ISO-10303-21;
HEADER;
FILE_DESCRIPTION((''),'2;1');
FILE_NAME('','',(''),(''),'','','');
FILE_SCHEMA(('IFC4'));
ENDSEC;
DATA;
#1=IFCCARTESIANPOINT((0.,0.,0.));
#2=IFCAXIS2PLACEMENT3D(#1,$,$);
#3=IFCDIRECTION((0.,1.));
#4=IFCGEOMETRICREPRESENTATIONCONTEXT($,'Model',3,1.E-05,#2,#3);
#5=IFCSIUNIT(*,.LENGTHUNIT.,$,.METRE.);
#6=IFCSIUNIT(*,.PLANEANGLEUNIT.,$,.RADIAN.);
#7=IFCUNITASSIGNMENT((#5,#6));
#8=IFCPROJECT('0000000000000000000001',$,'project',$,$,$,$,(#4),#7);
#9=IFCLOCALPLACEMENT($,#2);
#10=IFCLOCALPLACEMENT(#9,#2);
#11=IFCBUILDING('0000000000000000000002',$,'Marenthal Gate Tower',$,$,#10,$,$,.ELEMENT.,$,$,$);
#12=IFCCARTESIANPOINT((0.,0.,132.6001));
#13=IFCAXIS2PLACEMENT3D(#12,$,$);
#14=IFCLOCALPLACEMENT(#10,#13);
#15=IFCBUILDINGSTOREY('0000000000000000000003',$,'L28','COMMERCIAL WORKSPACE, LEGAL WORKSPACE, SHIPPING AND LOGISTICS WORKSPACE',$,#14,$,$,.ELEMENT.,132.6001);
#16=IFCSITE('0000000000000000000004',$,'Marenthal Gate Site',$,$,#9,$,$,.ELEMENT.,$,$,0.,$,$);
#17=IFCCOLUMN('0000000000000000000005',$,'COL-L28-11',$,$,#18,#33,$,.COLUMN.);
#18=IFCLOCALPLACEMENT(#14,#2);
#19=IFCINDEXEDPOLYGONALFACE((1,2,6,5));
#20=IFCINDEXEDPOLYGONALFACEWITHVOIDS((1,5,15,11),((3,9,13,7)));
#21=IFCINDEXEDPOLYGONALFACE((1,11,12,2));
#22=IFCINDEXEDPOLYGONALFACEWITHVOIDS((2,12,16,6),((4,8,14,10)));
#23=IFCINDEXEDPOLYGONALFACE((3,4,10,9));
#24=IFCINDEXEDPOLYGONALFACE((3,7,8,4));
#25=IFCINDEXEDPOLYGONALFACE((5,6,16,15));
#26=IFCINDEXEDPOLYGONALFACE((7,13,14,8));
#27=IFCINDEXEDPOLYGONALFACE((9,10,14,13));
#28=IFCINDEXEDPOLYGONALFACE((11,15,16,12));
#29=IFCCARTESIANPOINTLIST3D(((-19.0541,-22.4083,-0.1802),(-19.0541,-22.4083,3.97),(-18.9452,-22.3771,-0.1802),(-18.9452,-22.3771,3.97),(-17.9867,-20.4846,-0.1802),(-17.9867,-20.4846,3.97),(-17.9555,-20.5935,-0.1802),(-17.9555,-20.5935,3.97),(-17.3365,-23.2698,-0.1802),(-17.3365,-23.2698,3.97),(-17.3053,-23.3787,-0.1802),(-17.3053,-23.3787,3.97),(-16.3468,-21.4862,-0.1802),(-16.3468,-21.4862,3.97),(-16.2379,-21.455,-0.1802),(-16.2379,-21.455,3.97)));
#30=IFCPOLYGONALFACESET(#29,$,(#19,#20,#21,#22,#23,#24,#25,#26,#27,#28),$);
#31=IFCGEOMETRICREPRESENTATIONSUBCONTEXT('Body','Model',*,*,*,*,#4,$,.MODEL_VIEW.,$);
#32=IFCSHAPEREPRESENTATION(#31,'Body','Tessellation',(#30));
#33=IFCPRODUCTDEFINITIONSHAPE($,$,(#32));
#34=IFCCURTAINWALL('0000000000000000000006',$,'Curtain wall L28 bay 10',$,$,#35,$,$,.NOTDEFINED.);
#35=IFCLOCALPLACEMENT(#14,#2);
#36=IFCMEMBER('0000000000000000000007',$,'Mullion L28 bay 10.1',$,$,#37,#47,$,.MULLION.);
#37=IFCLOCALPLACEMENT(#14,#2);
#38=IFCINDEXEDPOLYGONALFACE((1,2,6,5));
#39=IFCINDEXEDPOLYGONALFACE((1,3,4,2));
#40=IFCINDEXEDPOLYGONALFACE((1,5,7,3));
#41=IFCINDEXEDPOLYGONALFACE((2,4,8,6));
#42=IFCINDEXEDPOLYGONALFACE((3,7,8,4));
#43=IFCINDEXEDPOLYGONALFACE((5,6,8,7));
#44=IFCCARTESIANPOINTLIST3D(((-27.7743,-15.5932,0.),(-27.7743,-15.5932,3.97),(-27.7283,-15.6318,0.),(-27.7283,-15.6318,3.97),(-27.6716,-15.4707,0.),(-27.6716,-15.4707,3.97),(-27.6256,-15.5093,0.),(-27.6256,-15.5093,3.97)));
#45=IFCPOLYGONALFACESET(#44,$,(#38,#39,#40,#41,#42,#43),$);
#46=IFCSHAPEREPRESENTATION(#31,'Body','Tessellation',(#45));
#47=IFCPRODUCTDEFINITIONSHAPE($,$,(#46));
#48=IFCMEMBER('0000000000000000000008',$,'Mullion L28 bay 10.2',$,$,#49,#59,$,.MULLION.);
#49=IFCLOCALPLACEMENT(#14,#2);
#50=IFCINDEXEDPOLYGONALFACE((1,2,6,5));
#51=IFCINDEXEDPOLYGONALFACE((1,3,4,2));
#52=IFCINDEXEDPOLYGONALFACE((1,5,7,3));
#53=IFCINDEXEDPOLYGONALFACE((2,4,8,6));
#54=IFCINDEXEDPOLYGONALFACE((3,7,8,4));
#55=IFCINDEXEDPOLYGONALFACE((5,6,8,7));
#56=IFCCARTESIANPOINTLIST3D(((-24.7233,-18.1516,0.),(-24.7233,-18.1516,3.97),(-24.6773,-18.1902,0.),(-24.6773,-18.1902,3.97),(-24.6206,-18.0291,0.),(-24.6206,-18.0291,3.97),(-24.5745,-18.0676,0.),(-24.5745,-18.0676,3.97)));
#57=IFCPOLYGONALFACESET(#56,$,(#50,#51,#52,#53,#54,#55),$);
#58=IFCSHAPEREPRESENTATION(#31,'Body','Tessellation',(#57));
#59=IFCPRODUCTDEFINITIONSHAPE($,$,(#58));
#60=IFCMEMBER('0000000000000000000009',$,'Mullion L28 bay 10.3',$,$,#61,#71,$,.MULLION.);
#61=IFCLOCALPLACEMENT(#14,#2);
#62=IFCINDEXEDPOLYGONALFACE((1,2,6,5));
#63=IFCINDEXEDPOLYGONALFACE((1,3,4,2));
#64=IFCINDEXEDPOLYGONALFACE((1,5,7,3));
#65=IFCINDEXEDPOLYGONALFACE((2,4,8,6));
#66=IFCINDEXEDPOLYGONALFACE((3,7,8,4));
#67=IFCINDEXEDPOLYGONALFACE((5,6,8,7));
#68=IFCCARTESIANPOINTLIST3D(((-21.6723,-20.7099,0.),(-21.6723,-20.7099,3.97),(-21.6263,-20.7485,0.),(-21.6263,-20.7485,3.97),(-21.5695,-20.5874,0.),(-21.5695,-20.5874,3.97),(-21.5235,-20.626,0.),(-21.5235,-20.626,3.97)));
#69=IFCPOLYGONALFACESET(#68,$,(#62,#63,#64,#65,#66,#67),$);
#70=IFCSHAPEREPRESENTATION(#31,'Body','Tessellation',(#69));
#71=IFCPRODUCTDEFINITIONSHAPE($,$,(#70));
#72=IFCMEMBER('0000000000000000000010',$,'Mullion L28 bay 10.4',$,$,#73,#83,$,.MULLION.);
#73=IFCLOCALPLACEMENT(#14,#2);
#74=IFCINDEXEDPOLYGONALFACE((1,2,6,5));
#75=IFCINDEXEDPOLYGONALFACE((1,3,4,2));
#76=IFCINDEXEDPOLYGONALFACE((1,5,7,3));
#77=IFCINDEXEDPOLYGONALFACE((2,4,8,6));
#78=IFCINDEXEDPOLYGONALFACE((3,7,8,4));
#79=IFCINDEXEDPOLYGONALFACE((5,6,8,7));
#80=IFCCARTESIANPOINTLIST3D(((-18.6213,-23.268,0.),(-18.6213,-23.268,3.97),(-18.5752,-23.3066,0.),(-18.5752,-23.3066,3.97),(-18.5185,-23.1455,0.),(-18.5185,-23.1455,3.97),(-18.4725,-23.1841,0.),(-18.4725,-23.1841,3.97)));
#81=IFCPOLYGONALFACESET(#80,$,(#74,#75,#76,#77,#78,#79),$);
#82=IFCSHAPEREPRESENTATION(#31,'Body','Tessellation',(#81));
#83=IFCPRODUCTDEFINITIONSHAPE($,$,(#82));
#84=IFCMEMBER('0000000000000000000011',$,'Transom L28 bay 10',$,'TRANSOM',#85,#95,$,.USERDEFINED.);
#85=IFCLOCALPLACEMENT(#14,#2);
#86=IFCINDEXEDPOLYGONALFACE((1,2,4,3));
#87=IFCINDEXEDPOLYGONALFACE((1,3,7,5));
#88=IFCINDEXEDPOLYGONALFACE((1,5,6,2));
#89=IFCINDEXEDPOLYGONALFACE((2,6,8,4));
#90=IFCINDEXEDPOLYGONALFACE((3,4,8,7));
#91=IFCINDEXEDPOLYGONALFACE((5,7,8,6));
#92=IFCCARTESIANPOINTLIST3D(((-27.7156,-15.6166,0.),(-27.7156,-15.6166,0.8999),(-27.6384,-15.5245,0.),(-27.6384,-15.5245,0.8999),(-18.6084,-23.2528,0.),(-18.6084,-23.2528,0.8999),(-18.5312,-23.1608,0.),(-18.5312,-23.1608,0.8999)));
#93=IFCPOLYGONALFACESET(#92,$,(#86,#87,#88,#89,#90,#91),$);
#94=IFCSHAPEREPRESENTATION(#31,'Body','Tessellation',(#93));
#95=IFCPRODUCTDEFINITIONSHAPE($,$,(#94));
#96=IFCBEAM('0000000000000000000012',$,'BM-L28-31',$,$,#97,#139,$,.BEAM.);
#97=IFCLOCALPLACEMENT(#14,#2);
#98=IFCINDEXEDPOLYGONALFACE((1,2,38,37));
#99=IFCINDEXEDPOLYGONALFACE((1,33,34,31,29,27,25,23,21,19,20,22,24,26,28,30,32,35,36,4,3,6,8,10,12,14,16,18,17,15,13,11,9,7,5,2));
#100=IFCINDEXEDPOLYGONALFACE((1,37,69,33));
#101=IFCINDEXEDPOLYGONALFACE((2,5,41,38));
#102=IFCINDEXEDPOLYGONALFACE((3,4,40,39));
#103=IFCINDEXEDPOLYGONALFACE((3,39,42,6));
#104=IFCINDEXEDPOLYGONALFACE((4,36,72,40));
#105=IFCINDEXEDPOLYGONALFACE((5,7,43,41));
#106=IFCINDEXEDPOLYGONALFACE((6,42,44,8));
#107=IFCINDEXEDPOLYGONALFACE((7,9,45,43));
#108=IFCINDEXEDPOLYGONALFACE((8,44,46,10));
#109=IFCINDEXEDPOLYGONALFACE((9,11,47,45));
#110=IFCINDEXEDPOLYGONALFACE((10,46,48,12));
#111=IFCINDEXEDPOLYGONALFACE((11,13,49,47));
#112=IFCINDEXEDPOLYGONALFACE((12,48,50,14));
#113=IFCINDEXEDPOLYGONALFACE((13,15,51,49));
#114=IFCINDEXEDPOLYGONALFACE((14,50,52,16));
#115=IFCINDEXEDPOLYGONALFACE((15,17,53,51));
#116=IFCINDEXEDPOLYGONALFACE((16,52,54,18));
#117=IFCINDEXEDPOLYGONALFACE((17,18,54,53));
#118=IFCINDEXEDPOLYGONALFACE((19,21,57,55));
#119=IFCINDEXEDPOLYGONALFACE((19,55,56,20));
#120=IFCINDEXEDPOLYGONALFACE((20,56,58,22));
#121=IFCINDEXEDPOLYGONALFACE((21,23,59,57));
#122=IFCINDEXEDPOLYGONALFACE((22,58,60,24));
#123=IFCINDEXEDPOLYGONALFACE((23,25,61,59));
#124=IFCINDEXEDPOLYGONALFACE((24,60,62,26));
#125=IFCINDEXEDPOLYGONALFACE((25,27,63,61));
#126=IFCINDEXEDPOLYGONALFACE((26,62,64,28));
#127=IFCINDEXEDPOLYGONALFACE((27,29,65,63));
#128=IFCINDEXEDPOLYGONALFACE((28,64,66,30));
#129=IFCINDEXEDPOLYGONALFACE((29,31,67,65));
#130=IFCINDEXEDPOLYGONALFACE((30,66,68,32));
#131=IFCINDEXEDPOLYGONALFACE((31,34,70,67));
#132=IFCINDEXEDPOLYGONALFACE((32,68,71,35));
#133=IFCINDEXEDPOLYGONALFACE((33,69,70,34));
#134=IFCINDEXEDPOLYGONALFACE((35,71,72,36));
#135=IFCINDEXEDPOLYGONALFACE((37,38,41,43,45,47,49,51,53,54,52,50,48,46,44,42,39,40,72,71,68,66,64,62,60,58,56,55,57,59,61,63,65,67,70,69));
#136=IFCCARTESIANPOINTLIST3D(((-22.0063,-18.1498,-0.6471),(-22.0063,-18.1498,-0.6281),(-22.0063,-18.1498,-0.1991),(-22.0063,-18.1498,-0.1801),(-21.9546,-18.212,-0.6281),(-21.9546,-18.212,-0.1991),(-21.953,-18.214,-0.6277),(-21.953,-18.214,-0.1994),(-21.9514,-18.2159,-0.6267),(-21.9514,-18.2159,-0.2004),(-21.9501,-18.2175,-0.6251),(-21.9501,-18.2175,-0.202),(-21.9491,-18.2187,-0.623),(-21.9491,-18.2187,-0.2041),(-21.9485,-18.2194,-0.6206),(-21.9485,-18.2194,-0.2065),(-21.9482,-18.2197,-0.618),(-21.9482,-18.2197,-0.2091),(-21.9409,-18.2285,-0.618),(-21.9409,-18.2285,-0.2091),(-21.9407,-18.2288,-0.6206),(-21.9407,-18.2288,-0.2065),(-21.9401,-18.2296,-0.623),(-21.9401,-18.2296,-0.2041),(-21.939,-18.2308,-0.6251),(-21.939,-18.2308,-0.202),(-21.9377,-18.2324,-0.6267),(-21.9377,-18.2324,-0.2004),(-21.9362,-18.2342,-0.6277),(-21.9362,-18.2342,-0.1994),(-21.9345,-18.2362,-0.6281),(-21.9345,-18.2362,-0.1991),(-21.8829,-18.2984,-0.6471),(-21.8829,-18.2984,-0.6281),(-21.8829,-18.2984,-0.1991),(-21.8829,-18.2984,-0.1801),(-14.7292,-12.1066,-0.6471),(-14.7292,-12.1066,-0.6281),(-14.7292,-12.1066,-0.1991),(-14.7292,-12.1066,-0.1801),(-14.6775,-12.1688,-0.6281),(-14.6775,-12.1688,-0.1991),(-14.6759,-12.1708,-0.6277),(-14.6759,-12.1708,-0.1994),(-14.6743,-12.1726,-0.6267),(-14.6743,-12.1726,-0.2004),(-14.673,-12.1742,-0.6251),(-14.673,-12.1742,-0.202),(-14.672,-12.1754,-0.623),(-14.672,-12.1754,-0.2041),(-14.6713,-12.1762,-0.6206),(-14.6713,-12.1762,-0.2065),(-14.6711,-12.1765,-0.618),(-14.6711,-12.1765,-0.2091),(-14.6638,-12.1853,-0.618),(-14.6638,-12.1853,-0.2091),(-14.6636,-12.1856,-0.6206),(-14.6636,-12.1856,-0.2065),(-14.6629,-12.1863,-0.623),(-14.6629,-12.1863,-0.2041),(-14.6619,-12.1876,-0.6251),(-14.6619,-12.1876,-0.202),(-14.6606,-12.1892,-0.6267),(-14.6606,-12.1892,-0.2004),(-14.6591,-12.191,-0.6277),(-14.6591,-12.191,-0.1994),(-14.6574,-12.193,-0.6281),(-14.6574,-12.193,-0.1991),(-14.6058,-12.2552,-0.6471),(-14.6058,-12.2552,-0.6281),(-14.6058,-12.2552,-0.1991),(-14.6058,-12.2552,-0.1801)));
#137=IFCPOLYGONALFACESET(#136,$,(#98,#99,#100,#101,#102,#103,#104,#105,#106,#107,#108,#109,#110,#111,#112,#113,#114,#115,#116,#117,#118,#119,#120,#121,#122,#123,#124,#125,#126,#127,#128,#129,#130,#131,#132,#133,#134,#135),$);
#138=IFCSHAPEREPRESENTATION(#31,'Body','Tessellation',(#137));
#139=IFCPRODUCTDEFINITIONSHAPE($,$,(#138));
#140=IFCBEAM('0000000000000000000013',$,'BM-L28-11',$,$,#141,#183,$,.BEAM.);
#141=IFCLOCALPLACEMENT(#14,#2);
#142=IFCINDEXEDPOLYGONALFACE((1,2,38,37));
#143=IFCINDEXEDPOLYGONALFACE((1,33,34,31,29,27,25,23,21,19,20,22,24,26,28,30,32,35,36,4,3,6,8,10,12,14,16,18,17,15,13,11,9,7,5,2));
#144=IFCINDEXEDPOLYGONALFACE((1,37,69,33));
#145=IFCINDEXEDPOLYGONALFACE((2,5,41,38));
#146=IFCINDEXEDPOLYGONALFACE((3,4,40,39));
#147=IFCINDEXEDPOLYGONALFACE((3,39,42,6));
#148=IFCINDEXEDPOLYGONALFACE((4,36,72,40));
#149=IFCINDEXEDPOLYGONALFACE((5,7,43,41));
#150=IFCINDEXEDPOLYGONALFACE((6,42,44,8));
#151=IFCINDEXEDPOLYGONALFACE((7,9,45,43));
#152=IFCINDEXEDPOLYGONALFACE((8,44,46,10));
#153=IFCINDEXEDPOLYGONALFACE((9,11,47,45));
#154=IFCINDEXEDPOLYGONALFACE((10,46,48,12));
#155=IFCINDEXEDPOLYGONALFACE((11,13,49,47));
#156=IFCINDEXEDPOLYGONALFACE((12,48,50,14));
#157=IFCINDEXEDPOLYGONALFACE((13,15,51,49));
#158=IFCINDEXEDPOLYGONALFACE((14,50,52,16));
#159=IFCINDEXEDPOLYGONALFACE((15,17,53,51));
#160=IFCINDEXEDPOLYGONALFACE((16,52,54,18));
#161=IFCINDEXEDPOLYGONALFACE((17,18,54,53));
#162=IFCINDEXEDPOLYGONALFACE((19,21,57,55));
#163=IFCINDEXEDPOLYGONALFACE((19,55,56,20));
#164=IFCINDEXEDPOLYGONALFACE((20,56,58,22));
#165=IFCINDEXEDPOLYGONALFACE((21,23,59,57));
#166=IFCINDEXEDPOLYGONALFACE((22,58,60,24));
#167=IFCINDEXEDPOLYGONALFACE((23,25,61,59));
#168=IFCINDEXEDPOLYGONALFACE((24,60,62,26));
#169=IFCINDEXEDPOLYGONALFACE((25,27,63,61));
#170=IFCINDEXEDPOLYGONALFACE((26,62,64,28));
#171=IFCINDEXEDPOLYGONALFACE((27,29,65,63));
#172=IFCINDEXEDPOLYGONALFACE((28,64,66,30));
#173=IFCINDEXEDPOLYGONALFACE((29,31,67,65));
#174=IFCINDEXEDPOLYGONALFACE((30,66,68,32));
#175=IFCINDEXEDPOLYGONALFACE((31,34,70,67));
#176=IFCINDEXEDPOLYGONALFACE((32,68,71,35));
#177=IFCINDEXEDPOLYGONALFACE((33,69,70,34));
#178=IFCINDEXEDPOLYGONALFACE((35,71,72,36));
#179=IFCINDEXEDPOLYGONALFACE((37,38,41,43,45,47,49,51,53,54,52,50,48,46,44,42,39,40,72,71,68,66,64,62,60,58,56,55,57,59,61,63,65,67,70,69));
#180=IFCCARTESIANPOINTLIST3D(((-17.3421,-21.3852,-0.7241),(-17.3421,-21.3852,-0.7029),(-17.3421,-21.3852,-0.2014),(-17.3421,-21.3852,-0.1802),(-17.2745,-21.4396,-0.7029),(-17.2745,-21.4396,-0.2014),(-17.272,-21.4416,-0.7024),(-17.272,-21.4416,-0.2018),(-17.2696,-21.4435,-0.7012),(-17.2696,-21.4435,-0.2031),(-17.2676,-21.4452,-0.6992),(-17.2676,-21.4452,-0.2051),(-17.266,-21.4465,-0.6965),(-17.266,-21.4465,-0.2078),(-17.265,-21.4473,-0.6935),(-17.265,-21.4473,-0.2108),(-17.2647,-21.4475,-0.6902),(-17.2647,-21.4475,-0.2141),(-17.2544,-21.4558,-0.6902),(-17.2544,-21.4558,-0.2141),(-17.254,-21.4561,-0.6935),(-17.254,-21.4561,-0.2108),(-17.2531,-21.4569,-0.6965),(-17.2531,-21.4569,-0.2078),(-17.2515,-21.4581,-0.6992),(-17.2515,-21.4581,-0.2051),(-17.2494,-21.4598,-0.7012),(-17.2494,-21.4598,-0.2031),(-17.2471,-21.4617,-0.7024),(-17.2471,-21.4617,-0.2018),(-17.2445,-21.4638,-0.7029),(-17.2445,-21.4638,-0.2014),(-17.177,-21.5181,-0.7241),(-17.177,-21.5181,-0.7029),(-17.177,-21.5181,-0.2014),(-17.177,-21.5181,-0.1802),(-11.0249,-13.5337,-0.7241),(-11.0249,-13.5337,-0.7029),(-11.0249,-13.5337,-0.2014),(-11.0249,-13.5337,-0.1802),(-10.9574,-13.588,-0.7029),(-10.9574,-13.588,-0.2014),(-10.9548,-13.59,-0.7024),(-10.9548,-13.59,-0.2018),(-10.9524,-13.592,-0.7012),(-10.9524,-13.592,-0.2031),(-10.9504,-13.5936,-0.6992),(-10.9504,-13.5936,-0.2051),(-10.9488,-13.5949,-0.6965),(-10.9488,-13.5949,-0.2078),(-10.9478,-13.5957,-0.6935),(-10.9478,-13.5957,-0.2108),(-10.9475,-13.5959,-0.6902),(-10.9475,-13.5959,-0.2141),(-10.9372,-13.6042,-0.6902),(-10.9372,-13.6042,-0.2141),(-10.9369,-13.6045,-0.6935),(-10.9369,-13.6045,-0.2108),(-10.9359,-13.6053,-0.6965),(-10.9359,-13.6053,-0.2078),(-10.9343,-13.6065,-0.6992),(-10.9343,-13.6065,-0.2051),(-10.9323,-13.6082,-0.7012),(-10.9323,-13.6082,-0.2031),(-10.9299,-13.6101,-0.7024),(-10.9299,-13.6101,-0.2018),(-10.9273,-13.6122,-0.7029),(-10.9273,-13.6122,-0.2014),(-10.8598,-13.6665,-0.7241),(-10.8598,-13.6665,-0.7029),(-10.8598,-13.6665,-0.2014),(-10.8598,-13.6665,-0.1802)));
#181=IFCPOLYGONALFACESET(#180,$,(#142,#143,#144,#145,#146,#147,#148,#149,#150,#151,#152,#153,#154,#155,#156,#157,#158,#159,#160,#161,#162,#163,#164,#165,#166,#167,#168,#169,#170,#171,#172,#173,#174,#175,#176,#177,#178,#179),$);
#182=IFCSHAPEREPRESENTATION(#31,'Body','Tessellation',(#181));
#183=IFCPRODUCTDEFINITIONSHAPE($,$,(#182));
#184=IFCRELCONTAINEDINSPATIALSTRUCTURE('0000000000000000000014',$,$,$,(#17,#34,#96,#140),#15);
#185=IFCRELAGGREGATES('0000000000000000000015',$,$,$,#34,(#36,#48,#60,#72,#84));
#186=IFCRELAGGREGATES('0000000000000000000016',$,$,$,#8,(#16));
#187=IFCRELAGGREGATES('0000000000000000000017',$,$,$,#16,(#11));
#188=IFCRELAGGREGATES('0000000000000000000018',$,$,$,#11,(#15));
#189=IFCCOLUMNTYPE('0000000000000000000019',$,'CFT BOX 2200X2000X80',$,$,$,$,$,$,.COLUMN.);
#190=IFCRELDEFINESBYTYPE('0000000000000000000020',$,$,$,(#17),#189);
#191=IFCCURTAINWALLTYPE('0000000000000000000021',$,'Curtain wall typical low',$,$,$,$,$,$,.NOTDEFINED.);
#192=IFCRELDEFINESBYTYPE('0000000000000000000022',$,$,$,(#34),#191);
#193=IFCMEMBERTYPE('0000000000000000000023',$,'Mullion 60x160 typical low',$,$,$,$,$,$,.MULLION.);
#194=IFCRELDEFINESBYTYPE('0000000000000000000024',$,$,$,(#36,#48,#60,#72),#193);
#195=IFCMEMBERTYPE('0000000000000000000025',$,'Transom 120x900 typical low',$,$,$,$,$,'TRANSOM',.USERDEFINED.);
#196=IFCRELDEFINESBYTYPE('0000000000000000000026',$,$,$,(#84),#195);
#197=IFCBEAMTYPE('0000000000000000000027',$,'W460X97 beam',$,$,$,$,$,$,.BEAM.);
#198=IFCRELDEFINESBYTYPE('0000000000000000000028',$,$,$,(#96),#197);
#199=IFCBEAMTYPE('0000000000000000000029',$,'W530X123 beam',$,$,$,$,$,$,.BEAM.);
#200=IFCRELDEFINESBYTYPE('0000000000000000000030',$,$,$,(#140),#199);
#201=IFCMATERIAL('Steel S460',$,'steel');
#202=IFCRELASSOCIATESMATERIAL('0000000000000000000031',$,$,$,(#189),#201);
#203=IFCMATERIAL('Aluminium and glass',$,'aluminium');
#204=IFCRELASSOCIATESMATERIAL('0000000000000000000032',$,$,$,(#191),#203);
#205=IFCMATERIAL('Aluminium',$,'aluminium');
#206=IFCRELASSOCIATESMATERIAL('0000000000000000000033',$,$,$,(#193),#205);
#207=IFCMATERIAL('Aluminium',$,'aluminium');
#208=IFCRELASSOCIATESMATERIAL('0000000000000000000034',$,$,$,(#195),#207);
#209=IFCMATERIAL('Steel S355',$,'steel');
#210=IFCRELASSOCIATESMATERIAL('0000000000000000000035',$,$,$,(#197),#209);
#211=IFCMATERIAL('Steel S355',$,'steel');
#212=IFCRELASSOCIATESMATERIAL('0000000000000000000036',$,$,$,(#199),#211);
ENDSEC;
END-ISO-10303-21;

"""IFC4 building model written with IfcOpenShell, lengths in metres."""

from ifc_helpers import new_model, si_unit, direction, frame, origin, origin_2d, place, context, subcontext, project, spatial, rectangle, hollow_rectangle, i_section, extrude, material, material_profile, profile_set, type_object, element, aggregate, save


model = new_model("IFC4")

# Units and contexts
model_context = context("Model", 3, precision=1e-05, world=origin(), true_north=direction((0.0, 1.0)))
body_context = subcontext(model_context, "Body", "Model", "MODEL_VIEW")
ifc_project = project(units=[si_unit("LENGTHUNIT", "METRE"), si_unit("PLANEANGLEUNIT", "RADIAN")], contexts=[model_context])

# Site, building, storey
site_placement = place(None, origin())
site = spatial("IfcSite", under=ifc_project, at=site_placement, Name="Marenthal Gate Site", CompositionType="ELEMENT", RefElevation=0.0)
building_placement = place(site_placement, origin())
building = spatial("IfcBuilding", under=site, at=building_placement, Name="Marenthal Gate Tower", CompositionType="ELEMENT")
storey_placement = place(building_placement, frame((0.0, 0.0, 132.6001)))
storey = spatial("IfcBuildingStorey", under=building, at=storey_placement, Name="L28", Description="COMMERCIAL WORKSPACE, LEGAL WORKSPACE, SHIPPING AND LOGISTICS WORKSPACE", CompositionType="ELEMENT", Elevation=132.6001)

# Column
ifc_material_1 = material(Name="Steel S460", Category="steel")
ifc_material_profile_1 = material_profile(ifc_material_1, hollow_rectangle(XDim=2.0, YDim=2.2, WallThickness=0.0801, at=origin_2d()), Name="CFT BOX 2200X2000X80")
ifc_material_2 = material(Name="Concrete 70 MPa", Category="concrete")
ifc_material_profile_2 = material_profile(ifc_material_2, rectangle(XDim=1.8401, YDim=2.04, at=origin_2d()), Name="CFT BOX 2200X2000X80 INFILL")
ifc_profile_set_1 = profile_set([ifc_material_profile_1, ifc_material_profile_2], Name="Steel S460 shell, Concrete 70 MPa infill")
column_type = type_object("IfcColumnType", Name="CFT BOX 2200X2000X80", PredefinedType="COLUMN", material=ifc_profile_set_1)
column_placement = place(storey_placement, frame((-17.646, -21.9316, -0.1802), z_axis=(0.0, 0.0, 1.0), x_axis=(-0.874403, 0.4852, 0.0)))
element("IfcColumn", 1, at=column_placement, inside=storey, type_object=column_type, Name="COL-L28-11", PredefinedType="COLUMN", context=body_context, shape_type="SweptSolid", body=[
    extrude(hollow_rectangle(XDim=2.0, YDim=2.2, WallThickness=0.0801, at=origin_2d()), origin(), (0.0, 0.0, 1.0), 4.1501),
])

# Curtain wall, members
ifc_material_3 = material(Name="Aluminium and glass", Category="aluminium")
curtain_wall_type = type_object("IfcCurtainWallType", Name="Curtain wall typical low", PredefinedType="NOTDEFINED", material=ifc_material_3)
curtain_wall_placement = place(storey_placement, origin())
curtain_wall = element("IfcCurtainWall", 2, at=curtain_wall_placement, inside=storey, type_object=curtain_wall_type, Name="Curtain wall L28 bay 10", PredefinedType="NOTDEFINED")
ifc_material_4 = material(Name="Aluminium", Category="aluminium")
ifc_material_profile_3 = material_profile(ifc_material_4, rectangle(XDim=0.1599, YDim=0.0601, at=origin_2d()), Name="60x160 aluminium mullion")
ifc_profile_set_2 = profile_set([ifc_material_profile_3], Name="Aluminium")
member_type_1 = type_object("IfcMemberType", Name="Mullion 60x160 typical low", PredefinedType="MULLION", material=ifc_profile_set_2)
member_1_placement = place(storey_placement, frame((-27.7, -15.5513, 0.0), z_axis=(0.0, 0.0, 1.0), x_axis=(0.642511, 0.766277, 0.0)))
member_1 = element("IfcMember", 3, at=member_1_placement, type_object=member_type_1, Name="Mullion L28 bay 10.1", PredefinedType="MULLION", context=body_context, shape_type="SweptSolid", body=[
    extrude(rectangle(XDim=0.1599, YDim=0.0601, at=origin_2d()), origin(), (0.0, 0.0, 1.0), 3.97),
])
member_2_placement = place(storey_placement, frame((-24.6489, -18.1096, 0.0), z_axis=(0.0, 0.0, 1.0), x_axis=(0.642511, 0.766277, 0.0)))
member_2 = element("IfcMember", 4, at=member_2_placement, type_object=member_type_1, Name="Mullion L28 bay 10.2", PredefinedType="MULLION", context=body_context, shape_type="SweptSolid", body=[
    extrude(rectangle(XDim=0.1599, YDim=0.0601, at=origin_2d()), origin(), (0.0, 0.0, 1.0), 3.97),
])
member_3_placement = place(storey_placement, frame((-21.5979, -20.668, 0.0), z_axis=(0.0, 0.0, 1.0), x_axis=(0.642511, 0.766277, 0.0)))
member_3 = element("IfcMember", 5, at=member_3_placement, type_object=member_type_1, Name="Mullion L28 bay 10.3", PredefinedType="MULLION", context=body_context, shape_type="SweptSolid", body=[
    extrude(rectangle(XDim=0.1599, YDim=0.0601, at=origin_2d()), origin(), (0.0, 0.0, 1.0), 3.97),
])
member_4_placement = place(storey_placement, frame((-18.5469, -23.2261, 0.0), z_axis=(0.0, 0.0, 1.0), x_axis=(0.642511, 0.766277, 0.0)))
member_4 = element("IfcMember", 6, at=member_4_placement, type_object=member_type_1, Name="Mullion L28 bay 10.4", PredefinedType="MULLION", context=body_context, shape_type="SweptSolid", body=[
    extrude(rectangle(XDim=0.1599, YDim=0.0601, at=origin_2d()), origin(), (0.0, 0.0, 1.0), 3.97),
])
ifc_material_5 = material(Name="Aluminium", Category="aluminium")
ifc_material_profile_4 = material_profile(ifc_material_5, rectangle(XDim=0.1201, YDim=0.8999, at=origin_2d()), Name="120x900 aluminium transom")
ifc_profile_set_3 = profile_set([ifc_material_profile_4], Name="Aluminium")
member_type_2 = type_object("IfcMemberType", Name="Transom 120x900 typical low", ElementType="TRANSOM", PredefinedType="USERDEFINED", material=ifc_profile_set_3)
member_5_placement = place(storey_placement, frame((-27.677, -15.5706, 0.45), z_axis=(0.766276, -0.642511, 0.0), x_axis=(0.642511, 0.766276, 0.0)))
member_5 = element("IfcMember", 7, at=member_5_placement, type_object=member_type_2, Name="Transom L28 bay 10", ObjectType="TRANSOM", PredefinedType="USERDEFINED", context=body_context, shape_type="SweptSolid", body=[
    extrude(rectangle(XDim=0.1201, YDim=0.8999, at=origin_2d()), origin(), (0.0, 0.0, 1.0), 11.885),
])

# Beams
ifc_material_6 = material(Name="Steel S355", Category="steel")
ifc_material_profile_5 = material_profile(ifc_material_6, i_section(OverallWidth=0.1931, OverallDepth=0.467, WebThickness=0.0115, FlangeThickness=0.019, FilletRadius=0.01, at=origin_2d()), Name="W460X97")
ifc_profile_set_4 = profile_set([ifc_material_profile_5], Name="Steel S355")
beam_type_1 = type_object("IfcBeamType", Name="W460X97 beam", PredefinedType="BEAM", material=ifc_profile_set_4)
beam_1_placement = place(storey_placement, frame((-21.9446, -18.2241, -0.4136), z_axis=(0.769314, 0.638871, 0.0), x_axis=(-0.638871, 0.769314, 0.0)))
element("IfcBeam", 8, at=beam_1_placement, inside=storey, type_object=beam_type_1, Name="BM-L28-31", PredefinedType="BEAM", context=body_context, shape_type="SweptSolid", body=[
    extrude(i_section(OverallWidth=0.1931, OverallDepth=0.467, WebThickness=0.0115, FlangeThickness=0.019, FilletRadius=0.01, at=origin_2d()), origin(), (0.0, 0.0, 1.0), 9.4592),
])
ifc_material_7 = material(Name="Steel S355", Category="steel")
ifc_material_profile_6 = material_profile(ifc_material_7, i_section(OverallWidth=0.2119, OverallDepth=0.5439, WebThickness=0.0132, FlangeThickness=0.0212, FilletRadius=0.0127, at=origin_2d()), Name="W530X123")
ifc_profile_set_5 = profile_set([ifc_material_profile_6], Name="Steel S355")
beam_type_2 = type_object("IfcBeamType", Name="W530X123 beam", PredefinedType="BEAM", material=ifc_profile_set_5)
beam_2_placement = place(storey_placement, frame((-17.2595, -21.4517, -0.4521), z_axis=(0.626864, 0.779129, 0.0), x_axis=(-0.779129, 0.626864, 0.0)))
element("IfcBeam", 9, at=beam_2_placement, inside=storey, type_object=beam_type_2, Name="BM-L28-11", PredefinedType="BEAM", context=body_context, shape_type="SweptSolid", body=[
    extrude(i_section(OverallWidth=0.2119, OverallDepth=0.5439, WebThickness=0.0132, FlangeThickness=0.0212, FilletRadius=0.0127, at=origin_2d()), origin(), (0.0, 0.0, 1.0), 10.0774),
])

aggregate(curtain_wall, [member_1, member_2, member_3, member_4, member_5])

save(model, "model.ifc")
